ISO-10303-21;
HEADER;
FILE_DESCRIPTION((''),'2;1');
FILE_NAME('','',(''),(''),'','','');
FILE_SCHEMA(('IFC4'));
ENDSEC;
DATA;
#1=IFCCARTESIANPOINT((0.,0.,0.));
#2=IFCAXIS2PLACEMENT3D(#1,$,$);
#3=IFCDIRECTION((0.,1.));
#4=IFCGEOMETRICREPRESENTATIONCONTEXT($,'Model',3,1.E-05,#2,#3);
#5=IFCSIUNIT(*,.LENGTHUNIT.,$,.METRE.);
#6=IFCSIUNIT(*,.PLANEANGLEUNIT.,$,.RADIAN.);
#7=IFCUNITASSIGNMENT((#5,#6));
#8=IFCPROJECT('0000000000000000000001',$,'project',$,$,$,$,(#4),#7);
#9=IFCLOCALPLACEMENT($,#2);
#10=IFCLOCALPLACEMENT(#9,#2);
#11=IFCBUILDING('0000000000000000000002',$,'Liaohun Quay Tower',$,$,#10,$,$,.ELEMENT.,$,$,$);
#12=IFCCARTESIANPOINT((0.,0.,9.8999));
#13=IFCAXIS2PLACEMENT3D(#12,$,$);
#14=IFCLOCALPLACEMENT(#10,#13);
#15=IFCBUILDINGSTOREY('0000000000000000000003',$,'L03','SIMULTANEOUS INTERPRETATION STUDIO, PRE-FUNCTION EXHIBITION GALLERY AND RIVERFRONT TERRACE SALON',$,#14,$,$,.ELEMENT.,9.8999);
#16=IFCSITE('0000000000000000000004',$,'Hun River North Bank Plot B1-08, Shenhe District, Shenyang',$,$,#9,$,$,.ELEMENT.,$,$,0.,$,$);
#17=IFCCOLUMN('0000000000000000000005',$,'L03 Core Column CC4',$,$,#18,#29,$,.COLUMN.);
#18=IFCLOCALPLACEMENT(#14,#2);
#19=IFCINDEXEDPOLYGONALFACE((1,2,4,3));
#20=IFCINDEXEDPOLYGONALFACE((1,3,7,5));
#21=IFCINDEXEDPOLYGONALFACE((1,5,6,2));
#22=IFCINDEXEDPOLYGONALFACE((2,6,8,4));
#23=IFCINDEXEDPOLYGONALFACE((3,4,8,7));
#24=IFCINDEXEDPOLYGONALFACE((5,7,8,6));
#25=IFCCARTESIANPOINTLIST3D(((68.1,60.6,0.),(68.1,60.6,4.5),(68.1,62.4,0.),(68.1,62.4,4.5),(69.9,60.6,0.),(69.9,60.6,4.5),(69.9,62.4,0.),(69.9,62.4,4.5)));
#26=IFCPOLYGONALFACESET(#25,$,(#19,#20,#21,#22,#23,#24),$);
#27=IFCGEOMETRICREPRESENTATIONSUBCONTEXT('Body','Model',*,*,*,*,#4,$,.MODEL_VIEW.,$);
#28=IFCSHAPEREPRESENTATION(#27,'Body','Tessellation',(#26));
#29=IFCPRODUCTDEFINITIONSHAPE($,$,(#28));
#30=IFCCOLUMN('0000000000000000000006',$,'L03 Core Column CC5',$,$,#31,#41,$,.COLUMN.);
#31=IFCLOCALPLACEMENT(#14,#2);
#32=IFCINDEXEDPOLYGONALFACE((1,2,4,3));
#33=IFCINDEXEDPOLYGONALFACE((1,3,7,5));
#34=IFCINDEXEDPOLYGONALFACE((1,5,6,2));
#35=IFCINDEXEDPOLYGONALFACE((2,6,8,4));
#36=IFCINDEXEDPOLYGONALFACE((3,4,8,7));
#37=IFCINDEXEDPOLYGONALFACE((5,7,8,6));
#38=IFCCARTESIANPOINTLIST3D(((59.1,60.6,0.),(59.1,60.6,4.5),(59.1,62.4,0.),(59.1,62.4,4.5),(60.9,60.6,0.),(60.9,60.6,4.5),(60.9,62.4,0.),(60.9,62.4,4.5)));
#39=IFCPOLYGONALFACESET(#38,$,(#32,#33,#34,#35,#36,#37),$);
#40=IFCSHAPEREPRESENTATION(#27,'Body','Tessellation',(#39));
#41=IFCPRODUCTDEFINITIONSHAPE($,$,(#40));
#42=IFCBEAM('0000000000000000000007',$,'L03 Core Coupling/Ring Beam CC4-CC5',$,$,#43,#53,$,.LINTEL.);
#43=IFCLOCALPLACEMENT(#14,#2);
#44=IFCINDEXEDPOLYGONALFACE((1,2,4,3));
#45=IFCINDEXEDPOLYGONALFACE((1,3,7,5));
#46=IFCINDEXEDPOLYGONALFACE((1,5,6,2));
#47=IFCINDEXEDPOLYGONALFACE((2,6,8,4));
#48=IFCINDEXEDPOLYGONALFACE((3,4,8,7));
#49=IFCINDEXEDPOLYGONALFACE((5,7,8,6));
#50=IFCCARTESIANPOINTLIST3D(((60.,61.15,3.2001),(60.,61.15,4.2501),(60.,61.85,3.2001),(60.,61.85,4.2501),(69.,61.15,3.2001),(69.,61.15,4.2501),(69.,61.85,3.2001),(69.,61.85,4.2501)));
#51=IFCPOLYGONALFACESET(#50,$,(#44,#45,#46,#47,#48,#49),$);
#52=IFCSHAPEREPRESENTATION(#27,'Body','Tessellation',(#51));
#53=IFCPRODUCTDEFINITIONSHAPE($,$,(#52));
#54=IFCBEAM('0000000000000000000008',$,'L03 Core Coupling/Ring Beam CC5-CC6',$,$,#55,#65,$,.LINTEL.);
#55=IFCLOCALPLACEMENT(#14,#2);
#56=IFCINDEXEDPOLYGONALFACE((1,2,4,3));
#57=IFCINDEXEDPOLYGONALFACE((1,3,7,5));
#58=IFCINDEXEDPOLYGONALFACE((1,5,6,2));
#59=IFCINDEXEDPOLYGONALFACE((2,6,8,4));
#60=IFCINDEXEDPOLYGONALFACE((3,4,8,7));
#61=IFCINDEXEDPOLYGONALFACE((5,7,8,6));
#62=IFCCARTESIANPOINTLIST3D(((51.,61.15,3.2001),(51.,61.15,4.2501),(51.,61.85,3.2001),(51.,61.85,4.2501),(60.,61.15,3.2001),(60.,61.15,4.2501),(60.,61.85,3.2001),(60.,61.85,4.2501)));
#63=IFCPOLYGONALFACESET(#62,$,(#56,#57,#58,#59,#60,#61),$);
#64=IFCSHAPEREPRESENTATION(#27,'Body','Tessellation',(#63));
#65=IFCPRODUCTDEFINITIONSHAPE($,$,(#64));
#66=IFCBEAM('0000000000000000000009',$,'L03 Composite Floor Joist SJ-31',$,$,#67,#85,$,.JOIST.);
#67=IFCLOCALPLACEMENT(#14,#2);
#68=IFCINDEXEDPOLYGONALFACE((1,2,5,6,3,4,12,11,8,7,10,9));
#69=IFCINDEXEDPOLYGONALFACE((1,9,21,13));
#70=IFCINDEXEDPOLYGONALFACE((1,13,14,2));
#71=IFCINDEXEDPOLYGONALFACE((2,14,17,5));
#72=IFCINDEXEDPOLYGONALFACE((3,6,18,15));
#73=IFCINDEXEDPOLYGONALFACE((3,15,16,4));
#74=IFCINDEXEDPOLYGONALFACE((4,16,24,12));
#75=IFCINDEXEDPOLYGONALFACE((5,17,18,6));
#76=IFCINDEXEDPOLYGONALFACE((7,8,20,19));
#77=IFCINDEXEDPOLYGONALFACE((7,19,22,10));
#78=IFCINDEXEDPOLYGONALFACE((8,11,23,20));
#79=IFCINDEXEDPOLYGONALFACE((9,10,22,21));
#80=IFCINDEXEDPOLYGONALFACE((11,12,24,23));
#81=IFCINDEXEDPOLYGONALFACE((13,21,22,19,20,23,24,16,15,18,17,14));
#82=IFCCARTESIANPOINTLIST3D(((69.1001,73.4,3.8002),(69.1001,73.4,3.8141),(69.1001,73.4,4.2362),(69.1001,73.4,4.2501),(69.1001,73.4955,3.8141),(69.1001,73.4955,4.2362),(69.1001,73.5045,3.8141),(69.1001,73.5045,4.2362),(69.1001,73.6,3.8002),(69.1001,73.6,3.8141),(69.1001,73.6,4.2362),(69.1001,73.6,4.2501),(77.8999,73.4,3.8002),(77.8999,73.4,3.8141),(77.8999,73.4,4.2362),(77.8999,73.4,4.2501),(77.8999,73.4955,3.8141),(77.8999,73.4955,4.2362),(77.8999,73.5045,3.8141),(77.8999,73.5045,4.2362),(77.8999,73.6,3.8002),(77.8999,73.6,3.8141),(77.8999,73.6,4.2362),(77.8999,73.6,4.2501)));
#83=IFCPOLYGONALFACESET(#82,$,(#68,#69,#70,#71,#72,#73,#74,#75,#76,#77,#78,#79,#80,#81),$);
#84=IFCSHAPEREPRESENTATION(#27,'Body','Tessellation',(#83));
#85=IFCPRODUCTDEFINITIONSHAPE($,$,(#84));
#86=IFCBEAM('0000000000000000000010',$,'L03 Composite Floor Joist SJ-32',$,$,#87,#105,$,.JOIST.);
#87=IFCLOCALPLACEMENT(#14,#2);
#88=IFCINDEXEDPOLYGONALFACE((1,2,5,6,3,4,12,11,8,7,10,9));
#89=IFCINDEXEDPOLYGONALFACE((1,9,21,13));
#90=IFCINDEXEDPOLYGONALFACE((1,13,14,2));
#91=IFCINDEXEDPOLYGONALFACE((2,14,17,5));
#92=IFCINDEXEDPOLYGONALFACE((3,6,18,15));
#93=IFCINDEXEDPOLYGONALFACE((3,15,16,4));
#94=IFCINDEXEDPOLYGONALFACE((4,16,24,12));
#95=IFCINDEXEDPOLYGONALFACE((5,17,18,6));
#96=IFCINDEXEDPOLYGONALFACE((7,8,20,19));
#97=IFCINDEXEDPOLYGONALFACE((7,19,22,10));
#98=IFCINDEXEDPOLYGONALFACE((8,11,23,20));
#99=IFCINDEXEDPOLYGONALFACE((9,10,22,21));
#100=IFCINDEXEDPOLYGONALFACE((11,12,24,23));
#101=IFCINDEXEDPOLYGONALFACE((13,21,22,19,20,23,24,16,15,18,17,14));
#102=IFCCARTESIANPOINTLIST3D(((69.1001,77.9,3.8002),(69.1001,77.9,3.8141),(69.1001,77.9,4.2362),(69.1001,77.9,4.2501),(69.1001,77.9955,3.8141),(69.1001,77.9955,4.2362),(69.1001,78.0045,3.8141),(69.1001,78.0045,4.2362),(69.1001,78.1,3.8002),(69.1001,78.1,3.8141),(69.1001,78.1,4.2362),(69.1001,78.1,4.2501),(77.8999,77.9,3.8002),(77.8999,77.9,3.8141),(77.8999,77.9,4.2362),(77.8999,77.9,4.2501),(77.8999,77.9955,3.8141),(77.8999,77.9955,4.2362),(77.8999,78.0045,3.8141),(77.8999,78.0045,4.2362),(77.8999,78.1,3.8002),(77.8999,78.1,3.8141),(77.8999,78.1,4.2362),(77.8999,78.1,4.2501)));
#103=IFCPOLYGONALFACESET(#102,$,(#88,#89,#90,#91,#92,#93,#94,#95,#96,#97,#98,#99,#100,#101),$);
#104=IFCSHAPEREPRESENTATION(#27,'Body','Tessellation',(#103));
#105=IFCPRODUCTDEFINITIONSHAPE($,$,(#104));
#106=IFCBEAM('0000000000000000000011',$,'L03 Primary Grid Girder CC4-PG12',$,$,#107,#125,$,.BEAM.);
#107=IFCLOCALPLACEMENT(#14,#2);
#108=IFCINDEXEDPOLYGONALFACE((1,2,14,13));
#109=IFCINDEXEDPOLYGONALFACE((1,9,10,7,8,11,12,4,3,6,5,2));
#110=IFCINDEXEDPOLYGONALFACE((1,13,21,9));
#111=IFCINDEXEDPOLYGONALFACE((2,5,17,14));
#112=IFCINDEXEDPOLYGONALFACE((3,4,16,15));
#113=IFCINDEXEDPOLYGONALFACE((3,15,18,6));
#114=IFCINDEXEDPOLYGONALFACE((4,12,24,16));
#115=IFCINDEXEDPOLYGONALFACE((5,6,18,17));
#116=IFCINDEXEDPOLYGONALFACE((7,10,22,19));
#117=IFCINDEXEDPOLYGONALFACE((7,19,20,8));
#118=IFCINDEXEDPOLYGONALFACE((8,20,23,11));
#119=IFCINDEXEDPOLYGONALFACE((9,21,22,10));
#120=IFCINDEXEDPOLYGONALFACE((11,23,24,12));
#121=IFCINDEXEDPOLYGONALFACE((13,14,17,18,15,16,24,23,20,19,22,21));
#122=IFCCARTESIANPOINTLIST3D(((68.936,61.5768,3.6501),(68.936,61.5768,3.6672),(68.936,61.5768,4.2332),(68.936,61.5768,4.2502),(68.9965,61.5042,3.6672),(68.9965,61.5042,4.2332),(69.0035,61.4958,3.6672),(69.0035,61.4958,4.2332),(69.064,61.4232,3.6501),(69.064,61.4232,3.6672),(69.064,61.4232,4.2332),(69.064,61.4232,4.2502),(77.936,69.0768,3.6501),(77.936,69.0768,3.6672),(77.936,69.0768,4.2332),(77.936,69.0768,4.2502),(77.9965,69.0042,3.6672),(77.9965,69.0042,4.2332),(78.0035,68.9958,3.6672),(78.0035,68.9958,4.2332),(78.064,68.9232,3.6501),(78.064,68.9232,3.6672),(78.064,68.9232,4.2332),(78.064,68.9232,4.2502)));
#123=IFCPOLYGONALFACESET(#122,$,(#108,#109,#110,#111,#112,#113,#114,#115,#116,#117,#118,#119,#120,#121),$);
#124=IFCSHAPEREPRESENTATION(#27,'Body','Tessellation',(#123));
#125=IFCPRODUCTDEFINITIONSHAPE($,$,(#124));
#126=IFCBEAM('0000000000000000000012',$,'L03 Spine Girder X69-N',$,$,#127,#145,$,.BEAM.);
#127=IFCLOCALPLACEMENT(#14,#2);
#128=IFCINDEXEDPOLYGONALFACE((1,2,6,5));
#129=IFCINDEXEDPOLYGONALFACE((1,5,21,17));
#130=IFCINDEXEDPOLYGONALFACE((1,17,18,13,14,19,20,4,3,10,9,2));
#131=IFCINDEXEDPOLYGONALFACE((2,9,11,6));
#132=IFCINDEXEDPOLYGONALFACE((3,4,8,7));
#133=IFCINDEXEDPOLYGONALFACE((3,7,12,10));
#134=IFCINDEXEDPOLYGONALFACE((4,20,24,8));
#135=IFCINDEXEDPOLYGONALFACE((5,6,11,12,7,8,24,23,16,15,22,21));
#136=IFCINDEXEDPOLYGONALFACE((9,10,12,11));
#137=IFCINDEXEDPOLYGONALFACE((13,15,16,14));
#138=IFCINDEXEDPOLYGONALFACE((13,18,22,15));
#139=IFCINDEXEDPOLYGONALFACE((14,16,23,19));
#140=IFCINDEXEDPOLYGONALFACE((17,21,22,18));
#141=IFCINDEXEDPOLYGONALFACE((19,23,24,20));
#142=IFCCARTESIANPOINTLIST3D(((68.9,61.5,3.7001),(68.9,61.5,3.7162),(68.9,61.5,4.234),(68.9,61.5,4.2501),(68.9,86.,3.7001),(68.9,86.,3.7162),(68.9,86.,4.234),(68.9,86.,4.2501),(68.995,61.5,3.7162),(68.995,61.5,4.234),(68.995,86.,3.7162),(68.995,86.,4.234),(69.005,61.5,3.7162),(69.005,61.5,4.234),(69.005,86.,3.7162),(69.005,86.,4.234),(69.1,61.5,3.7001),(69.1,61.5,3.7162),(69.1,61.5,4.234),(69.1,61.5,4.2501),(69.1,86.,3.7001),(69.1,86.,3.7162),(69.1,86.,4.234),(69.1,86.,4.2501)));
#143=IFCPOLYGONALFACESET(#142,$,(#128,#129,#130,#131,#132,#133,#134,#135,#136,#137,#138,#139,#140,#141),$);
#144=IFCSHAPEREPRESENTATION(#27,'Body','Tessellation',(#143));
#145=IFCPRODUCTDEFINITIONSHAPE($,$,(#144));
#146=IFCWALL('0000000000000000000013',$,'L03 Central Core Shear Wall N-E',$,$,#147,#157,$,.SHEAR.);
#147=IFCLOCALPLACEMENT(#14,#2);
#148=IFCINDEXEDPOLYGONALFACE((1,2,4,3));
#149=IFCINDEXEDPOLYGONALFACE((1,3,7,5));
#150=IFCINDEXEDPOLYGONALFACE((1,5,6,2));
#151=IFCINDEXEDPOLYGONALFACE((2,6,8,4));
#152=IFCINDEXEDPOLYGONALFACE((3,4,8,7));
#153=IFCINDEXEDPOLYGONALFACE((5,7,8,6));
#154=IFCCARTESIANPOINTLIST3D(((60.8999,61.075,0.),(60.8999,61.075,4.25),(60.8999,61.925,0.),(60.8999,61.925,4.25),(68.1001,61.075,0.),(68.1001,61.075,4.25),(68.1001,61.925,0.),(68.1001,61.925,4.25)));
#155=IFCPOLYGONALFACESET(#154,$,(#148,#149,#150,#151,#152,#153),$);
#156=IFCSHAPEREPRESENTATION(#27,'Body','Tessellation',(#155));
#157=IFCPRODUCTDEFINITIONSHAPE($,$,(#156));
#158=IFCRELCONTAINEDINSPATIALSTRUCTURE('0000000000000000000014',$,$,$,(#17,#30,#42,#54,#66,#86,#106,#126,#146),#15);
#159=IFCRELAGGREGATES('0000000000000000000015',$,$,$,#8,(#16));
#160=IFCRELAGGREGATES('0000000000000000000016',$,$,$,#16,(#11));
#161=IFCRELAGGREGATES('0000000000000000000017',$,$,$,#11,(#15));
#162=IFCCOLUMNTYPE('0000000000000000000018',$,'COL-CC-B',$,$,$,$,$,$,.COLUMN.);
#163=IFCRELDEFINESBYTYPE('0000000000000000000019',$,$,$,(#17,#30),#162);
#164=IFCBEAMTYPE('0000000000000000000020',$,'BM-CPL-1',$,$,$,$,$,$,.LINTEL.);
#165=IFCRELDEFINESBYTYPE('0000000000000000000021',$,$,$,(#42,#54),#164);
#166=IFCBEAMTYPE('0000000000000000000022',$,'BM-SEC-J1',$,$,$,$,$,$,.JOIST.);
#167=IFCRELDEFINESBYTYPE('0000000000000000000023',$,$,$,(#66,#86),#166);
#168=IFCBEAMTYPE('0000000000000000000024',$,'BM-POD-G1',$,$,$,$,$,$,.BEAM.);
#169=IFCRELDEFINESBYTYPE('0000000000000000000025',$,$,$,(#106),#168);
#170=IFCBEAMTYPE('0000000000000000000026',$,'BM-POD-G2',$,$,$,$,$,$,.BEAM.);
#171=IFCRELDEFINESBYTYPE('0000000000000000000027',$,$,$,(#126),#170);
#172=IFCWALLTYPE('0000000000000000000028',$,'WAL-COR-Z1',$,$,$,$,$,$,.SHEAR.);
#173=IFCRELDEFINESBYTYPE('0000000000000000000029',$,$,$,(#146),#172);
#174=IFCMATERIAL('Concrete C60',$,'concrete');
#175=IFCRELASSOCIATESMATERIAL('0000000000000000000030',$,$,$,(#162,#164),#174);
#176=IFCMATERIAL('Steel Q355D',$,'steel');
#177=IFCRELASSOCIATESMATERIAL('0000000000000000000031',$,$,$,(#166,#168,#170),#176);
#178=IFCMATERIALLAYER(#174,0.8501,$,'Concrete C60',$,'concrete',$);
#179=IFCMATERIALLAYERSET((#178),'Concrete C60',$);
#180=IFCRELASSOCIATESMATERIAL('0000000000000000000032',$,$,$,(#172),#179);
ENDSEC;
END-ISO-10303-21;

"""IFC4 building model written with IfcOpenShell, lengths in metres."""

from ifc_helpers import new_model, si_unit, direction, frame, frame_2d, origin, origin_2d, place, context, subcontext, project, spatial, rectangle, i_section, extrude, source, transform, mapped, material, layer, layer_set, material_profile, profile_set, type_object, element, save


model = new_model("IFC4")

# Units and contexts
model_context = context("Model", 3, precision=1e-05, world=origin(), true_north=direction((0.0, 1.0)))
body_context = subcontext(model_context, "Body", "Model", "MODEL_VIEW")
ifc_project = project(units=[si_unit("LENGTHUNIT", "METRE"), si_unit("PLANEANGLEUNIT", "RADIAN")], contexts=[model_context])

# Site, building, storey
site_placement = place(None, origin())
site = spatial("IfcSite", under=ifc_project, at=site_placement, Name="Hun River North Bank Plot B1-08, Shenhe District, Shenyang", CompositionType="ELEMENT", RefElevation=0.0)
building_placement = place(site_placement, origin())
building = spatial("IfcBuilding", under=site, at=building_placement, Name="Liaohun Quay Tower", CompositionType="ELEMENT")
storey_placement = place(building_placement, frame((0.0, 0.0, 9.8999)))
storey = spatial("IfcBuildingStorey", under=building, at=storey_placement, Name="L03", Description="SIMULTANEOUS INTERPRETATION STUDIO, PRE-FUNCTION EXHIBITION GALLERY AND RIVERFRONT TERRACE SALON", CompositionType="ELEMENT", Elevation=9.8999)

# Columns
ifc_material_1 = material(Name="Concrete C60", Category="concrete")
ifc_material_profile_1 = material_profile(ifc_material_1, rectangle(XDim=1.8, YDim=1.8, at=origin_2d()), Name="RC1800x1800")
ifc_profile_set_1 = profile_set([ifc_material_profile_1], Name="Concrete C60")
column_type = type_object("IfcColumnType", Name="COL-CC-B", PredefinedType="COLUMN", material=ifc_profile_set_1)
shared_shape_1 = source(origin(), body_context, "Body", "SweptSolid", [
    extrude(rectangle(XDim=1.8, YDim=1.8, at=origin_2d()), origin(), (0.0, 0.0, 1.0), 4.5),
])
for number, where, z_axis, x_axis, name in (
    (1, (69.0, 61.5, 0.0), (0.0, 0.0, 1.0), (1.0, 0.0, 0.0), "L03 Core Column CC4"),
    (2, (60.0, 61.5, 0.0), (0.0, 0.0, 1.0), (1.0, 0.0, 0.0), "L03 Core Column CC5"),
):
    element("IfcColumn", number, at=place(storey_placement, frame(where, z_axis=z_axis, x_axis=x_axis)), inside=storey, type_object=column_type, Name=name, PredefinedType="COLUMN", context=body_context, shape_type="MappedRepresentation", body=[
        mapped(shared_shape_1, transform((0.0, 0.0, 0.0), x_axis=(1.0, 0.0, 0.0), y_axis=(0.0, 1.0, 0.0), z_axis=(0.0, 0.0, 1.0), scale=1.0)),
    ])

# Beams
ifc_material_profile_2 = material_profile(ifc_material_1, rectangle(XDim=0.7, YDim=1.05, at=origin_2d()), Name="RC700x1050")
ifc_profile_set_2 = profile_set([ifc_material_profile_2], Name="Concrete C60")
beam_type_1 = type_object("IfcBeamType", Name="BM-CPL-1", PredefinedType="LINTEL", material=ifc_profile_set_2)
shared_shape_2 = source(origin(), body_context, "Body", "SweptSolid", [
    extrude(rectangle(XDim=0.7, YDim=1.05, at=origin_2d()), origin(), (0.0, 0.0, 1.0), 9.0),
])
for number, where, z_axis, x_axis, name in (
    (3, (69.0, 61.5, 3.7251), (-1.0, 0.0, 0.0), (0.0, -1.0, 0.0), "L03 Core Coupling/Ring Beam CC4-CC5"),
    (4, (60.0, 61.5, 3.7251), (-1.0, 0.0, 0.0), (0.0, -1.0, 0.0), "L03 Core Coupling/Ring Beam CC5-CC6"),
):
    element("IfcBeam", number, at=place(storey_placement, frame(where, z_axis=z_axis, x_axis=x_axis)), inside=storey, type_object=beam_type_1, Name=name, PredefinedType="LINTEL", context=body_context, shape_type="MappedRepresentation", body=[
        mapped(shared_shape_2, transform((0.0, 0.0, 0.0), x_axis=(1.0, 0.0, 0.0), y_axis=(0.0, 1.0, 0.0), z_axis=(0.0, 0.0, 1.0), scale=1.0)),
    ])
ifc_material_2 = material(Name="Steel Q355D", Category="steel")
ifc_material_profile_3 = material_profile(ifc_material_2, i_section(OverallWidth=0.2, OverallDepth=0.45, WebThickness=0.009, FlangeThickness=0.0139, at=origin_2d()), Name="HN450x200x9x14")
ifc_profile_set_3 = profile_set([ifc_material_profile_3], Name="Steel Q355D")
beam_type_2 = type_object("IfcBeamType", Name="BM-SEC-J1", PredefinedType="JOIST", material=ifc_profile_set_3)
shared_shape_3 = source(origin(), body_context, "Body", "SweptSolid", [
    extrude(i_section(OverallWidth=0.2, OverallDepth=0.45, WebThickness=0.009, FlangeThickness=0.0139, at=origin_2d()), origin(), (0.0, 0.0, 1.0), 8.7998),
])
for number, where, z_axis, x_axis, name in (
    (5, (69.1001, 73.5, 4.0251), (1.0, 0.0, 0.0), (0.0, 1.0, 0.0), "L03 Composite Floor Joist SJ-31"),
    (6, (69.1001, 78.0, 4.0251), (1.0, 0.0, 0.0), (0.0, 1.0, 0.0), "L03 Composite Floor Joist SJ-32"),
):
    element("IfcBeam", number, at=place(storey_placement, frame(where, z_axis=z_axis, x_axis=x_axis)), inside=storey, type_object=beam_type_2, Name=name, PredefinedType="JOIST", context=body_context, shape_type="MappedRepresentation", body=[
        mapped(shared_shape_3, transform((0.0, 0.0, 0.0), x_axis=(1.0, 0.0, 0.0), y_axis=(0.0, 1.0, 0.0), z_axis=(0.0, 0.0, 1.0), scale=1.0)),
    ])
ifc_material_profile_4 = material_profile(ifc_material_2, i_section(OverallWidth=0.2, OverallDepth=0.6001, WebThickness=0.011, FlangeThickness=0.0171, at=origin_2d()), Name="HN600x200x11x17")
ifc_profile_set_4 = profile_set([ifc_material_profile_4], Name="Steel Q355D")
beam_type_3 = type_object("IfcBeamType", Name="BM-POD-G1", PredefinedType="BEAM", material=ifc_profile_set_4)
shared_shape_4 = source(origin(), body_context, "Body", "SweptSolid", [
    extrude(i_section(OverallWidth=0.2, OverallDepth=0.6001, WebThickness=0.011, FlangeThickness=0.0171, at=origin_2d()), origin(), (0.0, 0.0, 1.0), 11.7153),
])
beam_1_placement = place(storey_placement, frame((69.0, 61.5, 3.9502), z_axis=(0.768221, 0.640184, 0.0), x_axis=(-0.640184, 0.768221, 0.0)))
element("IfcBeam", 7, at=beam_1_placement, inside=storey, type_object=beam_type_3, Name="L03 Primary Grid Girder CC4-PG12", PredefinedType="BEAM", context=body_context, shape_type="MappedRepresentation", body=[
    mapped(shared_shape_4, transform((0.0, 0.0, 0.0), x_axis=(1.0, 0.0, 0.0), y_axis=(0.0, 1.0, 0.0), z_axis=(0.0, 0.0, 1.0), scale=1.0)),
])
ifc_material_profile_5 = material_profile(ifc_material_2, i_section(OverallWidth=0.2, OverallDepth=0.55, WebThickness=0.01, FlangeThickness=0.0161, at=origin_2d()), Name="HN550x200x10x16")
ifc_profile_set_5 = profile_set([ifc_material_profile_5], Name="Steel Q355D")
beam_type_4 = type_object("IfcBeamType", Name="BM-POD-G2", PredefinedType="BEAM", material=ifc_profile_set_5)
shared_shape_5 = source(origin(), body_context, "Body", "SweptSolid", [
    extrude(i_section(OverallWidth=0.2, OverallDepth=0.55, WebThickness=0.01, FlangeThickness=0.0161, at=origin_2d()), origin(), (0.0, 0.0, 1.0), 24.5),
])
beam_2_placement = place(storey_placement, frame((69.0, 61.5, 3.9751), z_axis=(0.0, 1.0, 0.0), x_axis=(-1.0, 0.0, 0.0)))
element("IfcBeam", 8, at=beam_2_placement, inside=storey, type_object=beam_type_4, Name="L03 Spine Girder X69-N", PredefinedType="BEAM", context=body_context, shape_type="MappedRepresentation", body=[
    mapped(shared_shape_5, transform((0.0, 0.0, 0.0), x_axis=(1.0, 0.0, 0.0), y_axis=(0.0, 1.0, 0.0), z_axis=(0.0, 0.0, 1.0), scale=1.0)),
])

# Wall
ifc_layer_1 = layer(ifc_material_1, 0.8501, Name="Concrete C60", Category="concrete")
ifc_layer_set_1 = layer_set([ifc_layer_1], Name="Concrete C60")
wall_type_1 = type_object("IfcWallType", Name="WAL-COR-Z1", PredefinedType="SHEAR", material=ifc_layer_set_1)
wall_1_placement = place(storey_placement, frame((60.8999, 61.5, 0.0), z_axis=(0.0, 0.0, 1.0), x_axis=(1.0, 0.0, 0.0)))
element("IfcWall", 9, at=wall_1_placement, inside=storey, type_object=wall_type_1, Name="L03 Central Core Shear Wall N-E", PredefinedType="SHEAR", context=body_context, shape_type="SweptSolid", body=[
    extrude(rectangle(XDim=7.2002, YDim=0.8501, at=frame_2d((3.6001, 0.0))), origin(), (0.0, 0.0, 1.0), 4.25),
])

save(model, "model.ifc")
